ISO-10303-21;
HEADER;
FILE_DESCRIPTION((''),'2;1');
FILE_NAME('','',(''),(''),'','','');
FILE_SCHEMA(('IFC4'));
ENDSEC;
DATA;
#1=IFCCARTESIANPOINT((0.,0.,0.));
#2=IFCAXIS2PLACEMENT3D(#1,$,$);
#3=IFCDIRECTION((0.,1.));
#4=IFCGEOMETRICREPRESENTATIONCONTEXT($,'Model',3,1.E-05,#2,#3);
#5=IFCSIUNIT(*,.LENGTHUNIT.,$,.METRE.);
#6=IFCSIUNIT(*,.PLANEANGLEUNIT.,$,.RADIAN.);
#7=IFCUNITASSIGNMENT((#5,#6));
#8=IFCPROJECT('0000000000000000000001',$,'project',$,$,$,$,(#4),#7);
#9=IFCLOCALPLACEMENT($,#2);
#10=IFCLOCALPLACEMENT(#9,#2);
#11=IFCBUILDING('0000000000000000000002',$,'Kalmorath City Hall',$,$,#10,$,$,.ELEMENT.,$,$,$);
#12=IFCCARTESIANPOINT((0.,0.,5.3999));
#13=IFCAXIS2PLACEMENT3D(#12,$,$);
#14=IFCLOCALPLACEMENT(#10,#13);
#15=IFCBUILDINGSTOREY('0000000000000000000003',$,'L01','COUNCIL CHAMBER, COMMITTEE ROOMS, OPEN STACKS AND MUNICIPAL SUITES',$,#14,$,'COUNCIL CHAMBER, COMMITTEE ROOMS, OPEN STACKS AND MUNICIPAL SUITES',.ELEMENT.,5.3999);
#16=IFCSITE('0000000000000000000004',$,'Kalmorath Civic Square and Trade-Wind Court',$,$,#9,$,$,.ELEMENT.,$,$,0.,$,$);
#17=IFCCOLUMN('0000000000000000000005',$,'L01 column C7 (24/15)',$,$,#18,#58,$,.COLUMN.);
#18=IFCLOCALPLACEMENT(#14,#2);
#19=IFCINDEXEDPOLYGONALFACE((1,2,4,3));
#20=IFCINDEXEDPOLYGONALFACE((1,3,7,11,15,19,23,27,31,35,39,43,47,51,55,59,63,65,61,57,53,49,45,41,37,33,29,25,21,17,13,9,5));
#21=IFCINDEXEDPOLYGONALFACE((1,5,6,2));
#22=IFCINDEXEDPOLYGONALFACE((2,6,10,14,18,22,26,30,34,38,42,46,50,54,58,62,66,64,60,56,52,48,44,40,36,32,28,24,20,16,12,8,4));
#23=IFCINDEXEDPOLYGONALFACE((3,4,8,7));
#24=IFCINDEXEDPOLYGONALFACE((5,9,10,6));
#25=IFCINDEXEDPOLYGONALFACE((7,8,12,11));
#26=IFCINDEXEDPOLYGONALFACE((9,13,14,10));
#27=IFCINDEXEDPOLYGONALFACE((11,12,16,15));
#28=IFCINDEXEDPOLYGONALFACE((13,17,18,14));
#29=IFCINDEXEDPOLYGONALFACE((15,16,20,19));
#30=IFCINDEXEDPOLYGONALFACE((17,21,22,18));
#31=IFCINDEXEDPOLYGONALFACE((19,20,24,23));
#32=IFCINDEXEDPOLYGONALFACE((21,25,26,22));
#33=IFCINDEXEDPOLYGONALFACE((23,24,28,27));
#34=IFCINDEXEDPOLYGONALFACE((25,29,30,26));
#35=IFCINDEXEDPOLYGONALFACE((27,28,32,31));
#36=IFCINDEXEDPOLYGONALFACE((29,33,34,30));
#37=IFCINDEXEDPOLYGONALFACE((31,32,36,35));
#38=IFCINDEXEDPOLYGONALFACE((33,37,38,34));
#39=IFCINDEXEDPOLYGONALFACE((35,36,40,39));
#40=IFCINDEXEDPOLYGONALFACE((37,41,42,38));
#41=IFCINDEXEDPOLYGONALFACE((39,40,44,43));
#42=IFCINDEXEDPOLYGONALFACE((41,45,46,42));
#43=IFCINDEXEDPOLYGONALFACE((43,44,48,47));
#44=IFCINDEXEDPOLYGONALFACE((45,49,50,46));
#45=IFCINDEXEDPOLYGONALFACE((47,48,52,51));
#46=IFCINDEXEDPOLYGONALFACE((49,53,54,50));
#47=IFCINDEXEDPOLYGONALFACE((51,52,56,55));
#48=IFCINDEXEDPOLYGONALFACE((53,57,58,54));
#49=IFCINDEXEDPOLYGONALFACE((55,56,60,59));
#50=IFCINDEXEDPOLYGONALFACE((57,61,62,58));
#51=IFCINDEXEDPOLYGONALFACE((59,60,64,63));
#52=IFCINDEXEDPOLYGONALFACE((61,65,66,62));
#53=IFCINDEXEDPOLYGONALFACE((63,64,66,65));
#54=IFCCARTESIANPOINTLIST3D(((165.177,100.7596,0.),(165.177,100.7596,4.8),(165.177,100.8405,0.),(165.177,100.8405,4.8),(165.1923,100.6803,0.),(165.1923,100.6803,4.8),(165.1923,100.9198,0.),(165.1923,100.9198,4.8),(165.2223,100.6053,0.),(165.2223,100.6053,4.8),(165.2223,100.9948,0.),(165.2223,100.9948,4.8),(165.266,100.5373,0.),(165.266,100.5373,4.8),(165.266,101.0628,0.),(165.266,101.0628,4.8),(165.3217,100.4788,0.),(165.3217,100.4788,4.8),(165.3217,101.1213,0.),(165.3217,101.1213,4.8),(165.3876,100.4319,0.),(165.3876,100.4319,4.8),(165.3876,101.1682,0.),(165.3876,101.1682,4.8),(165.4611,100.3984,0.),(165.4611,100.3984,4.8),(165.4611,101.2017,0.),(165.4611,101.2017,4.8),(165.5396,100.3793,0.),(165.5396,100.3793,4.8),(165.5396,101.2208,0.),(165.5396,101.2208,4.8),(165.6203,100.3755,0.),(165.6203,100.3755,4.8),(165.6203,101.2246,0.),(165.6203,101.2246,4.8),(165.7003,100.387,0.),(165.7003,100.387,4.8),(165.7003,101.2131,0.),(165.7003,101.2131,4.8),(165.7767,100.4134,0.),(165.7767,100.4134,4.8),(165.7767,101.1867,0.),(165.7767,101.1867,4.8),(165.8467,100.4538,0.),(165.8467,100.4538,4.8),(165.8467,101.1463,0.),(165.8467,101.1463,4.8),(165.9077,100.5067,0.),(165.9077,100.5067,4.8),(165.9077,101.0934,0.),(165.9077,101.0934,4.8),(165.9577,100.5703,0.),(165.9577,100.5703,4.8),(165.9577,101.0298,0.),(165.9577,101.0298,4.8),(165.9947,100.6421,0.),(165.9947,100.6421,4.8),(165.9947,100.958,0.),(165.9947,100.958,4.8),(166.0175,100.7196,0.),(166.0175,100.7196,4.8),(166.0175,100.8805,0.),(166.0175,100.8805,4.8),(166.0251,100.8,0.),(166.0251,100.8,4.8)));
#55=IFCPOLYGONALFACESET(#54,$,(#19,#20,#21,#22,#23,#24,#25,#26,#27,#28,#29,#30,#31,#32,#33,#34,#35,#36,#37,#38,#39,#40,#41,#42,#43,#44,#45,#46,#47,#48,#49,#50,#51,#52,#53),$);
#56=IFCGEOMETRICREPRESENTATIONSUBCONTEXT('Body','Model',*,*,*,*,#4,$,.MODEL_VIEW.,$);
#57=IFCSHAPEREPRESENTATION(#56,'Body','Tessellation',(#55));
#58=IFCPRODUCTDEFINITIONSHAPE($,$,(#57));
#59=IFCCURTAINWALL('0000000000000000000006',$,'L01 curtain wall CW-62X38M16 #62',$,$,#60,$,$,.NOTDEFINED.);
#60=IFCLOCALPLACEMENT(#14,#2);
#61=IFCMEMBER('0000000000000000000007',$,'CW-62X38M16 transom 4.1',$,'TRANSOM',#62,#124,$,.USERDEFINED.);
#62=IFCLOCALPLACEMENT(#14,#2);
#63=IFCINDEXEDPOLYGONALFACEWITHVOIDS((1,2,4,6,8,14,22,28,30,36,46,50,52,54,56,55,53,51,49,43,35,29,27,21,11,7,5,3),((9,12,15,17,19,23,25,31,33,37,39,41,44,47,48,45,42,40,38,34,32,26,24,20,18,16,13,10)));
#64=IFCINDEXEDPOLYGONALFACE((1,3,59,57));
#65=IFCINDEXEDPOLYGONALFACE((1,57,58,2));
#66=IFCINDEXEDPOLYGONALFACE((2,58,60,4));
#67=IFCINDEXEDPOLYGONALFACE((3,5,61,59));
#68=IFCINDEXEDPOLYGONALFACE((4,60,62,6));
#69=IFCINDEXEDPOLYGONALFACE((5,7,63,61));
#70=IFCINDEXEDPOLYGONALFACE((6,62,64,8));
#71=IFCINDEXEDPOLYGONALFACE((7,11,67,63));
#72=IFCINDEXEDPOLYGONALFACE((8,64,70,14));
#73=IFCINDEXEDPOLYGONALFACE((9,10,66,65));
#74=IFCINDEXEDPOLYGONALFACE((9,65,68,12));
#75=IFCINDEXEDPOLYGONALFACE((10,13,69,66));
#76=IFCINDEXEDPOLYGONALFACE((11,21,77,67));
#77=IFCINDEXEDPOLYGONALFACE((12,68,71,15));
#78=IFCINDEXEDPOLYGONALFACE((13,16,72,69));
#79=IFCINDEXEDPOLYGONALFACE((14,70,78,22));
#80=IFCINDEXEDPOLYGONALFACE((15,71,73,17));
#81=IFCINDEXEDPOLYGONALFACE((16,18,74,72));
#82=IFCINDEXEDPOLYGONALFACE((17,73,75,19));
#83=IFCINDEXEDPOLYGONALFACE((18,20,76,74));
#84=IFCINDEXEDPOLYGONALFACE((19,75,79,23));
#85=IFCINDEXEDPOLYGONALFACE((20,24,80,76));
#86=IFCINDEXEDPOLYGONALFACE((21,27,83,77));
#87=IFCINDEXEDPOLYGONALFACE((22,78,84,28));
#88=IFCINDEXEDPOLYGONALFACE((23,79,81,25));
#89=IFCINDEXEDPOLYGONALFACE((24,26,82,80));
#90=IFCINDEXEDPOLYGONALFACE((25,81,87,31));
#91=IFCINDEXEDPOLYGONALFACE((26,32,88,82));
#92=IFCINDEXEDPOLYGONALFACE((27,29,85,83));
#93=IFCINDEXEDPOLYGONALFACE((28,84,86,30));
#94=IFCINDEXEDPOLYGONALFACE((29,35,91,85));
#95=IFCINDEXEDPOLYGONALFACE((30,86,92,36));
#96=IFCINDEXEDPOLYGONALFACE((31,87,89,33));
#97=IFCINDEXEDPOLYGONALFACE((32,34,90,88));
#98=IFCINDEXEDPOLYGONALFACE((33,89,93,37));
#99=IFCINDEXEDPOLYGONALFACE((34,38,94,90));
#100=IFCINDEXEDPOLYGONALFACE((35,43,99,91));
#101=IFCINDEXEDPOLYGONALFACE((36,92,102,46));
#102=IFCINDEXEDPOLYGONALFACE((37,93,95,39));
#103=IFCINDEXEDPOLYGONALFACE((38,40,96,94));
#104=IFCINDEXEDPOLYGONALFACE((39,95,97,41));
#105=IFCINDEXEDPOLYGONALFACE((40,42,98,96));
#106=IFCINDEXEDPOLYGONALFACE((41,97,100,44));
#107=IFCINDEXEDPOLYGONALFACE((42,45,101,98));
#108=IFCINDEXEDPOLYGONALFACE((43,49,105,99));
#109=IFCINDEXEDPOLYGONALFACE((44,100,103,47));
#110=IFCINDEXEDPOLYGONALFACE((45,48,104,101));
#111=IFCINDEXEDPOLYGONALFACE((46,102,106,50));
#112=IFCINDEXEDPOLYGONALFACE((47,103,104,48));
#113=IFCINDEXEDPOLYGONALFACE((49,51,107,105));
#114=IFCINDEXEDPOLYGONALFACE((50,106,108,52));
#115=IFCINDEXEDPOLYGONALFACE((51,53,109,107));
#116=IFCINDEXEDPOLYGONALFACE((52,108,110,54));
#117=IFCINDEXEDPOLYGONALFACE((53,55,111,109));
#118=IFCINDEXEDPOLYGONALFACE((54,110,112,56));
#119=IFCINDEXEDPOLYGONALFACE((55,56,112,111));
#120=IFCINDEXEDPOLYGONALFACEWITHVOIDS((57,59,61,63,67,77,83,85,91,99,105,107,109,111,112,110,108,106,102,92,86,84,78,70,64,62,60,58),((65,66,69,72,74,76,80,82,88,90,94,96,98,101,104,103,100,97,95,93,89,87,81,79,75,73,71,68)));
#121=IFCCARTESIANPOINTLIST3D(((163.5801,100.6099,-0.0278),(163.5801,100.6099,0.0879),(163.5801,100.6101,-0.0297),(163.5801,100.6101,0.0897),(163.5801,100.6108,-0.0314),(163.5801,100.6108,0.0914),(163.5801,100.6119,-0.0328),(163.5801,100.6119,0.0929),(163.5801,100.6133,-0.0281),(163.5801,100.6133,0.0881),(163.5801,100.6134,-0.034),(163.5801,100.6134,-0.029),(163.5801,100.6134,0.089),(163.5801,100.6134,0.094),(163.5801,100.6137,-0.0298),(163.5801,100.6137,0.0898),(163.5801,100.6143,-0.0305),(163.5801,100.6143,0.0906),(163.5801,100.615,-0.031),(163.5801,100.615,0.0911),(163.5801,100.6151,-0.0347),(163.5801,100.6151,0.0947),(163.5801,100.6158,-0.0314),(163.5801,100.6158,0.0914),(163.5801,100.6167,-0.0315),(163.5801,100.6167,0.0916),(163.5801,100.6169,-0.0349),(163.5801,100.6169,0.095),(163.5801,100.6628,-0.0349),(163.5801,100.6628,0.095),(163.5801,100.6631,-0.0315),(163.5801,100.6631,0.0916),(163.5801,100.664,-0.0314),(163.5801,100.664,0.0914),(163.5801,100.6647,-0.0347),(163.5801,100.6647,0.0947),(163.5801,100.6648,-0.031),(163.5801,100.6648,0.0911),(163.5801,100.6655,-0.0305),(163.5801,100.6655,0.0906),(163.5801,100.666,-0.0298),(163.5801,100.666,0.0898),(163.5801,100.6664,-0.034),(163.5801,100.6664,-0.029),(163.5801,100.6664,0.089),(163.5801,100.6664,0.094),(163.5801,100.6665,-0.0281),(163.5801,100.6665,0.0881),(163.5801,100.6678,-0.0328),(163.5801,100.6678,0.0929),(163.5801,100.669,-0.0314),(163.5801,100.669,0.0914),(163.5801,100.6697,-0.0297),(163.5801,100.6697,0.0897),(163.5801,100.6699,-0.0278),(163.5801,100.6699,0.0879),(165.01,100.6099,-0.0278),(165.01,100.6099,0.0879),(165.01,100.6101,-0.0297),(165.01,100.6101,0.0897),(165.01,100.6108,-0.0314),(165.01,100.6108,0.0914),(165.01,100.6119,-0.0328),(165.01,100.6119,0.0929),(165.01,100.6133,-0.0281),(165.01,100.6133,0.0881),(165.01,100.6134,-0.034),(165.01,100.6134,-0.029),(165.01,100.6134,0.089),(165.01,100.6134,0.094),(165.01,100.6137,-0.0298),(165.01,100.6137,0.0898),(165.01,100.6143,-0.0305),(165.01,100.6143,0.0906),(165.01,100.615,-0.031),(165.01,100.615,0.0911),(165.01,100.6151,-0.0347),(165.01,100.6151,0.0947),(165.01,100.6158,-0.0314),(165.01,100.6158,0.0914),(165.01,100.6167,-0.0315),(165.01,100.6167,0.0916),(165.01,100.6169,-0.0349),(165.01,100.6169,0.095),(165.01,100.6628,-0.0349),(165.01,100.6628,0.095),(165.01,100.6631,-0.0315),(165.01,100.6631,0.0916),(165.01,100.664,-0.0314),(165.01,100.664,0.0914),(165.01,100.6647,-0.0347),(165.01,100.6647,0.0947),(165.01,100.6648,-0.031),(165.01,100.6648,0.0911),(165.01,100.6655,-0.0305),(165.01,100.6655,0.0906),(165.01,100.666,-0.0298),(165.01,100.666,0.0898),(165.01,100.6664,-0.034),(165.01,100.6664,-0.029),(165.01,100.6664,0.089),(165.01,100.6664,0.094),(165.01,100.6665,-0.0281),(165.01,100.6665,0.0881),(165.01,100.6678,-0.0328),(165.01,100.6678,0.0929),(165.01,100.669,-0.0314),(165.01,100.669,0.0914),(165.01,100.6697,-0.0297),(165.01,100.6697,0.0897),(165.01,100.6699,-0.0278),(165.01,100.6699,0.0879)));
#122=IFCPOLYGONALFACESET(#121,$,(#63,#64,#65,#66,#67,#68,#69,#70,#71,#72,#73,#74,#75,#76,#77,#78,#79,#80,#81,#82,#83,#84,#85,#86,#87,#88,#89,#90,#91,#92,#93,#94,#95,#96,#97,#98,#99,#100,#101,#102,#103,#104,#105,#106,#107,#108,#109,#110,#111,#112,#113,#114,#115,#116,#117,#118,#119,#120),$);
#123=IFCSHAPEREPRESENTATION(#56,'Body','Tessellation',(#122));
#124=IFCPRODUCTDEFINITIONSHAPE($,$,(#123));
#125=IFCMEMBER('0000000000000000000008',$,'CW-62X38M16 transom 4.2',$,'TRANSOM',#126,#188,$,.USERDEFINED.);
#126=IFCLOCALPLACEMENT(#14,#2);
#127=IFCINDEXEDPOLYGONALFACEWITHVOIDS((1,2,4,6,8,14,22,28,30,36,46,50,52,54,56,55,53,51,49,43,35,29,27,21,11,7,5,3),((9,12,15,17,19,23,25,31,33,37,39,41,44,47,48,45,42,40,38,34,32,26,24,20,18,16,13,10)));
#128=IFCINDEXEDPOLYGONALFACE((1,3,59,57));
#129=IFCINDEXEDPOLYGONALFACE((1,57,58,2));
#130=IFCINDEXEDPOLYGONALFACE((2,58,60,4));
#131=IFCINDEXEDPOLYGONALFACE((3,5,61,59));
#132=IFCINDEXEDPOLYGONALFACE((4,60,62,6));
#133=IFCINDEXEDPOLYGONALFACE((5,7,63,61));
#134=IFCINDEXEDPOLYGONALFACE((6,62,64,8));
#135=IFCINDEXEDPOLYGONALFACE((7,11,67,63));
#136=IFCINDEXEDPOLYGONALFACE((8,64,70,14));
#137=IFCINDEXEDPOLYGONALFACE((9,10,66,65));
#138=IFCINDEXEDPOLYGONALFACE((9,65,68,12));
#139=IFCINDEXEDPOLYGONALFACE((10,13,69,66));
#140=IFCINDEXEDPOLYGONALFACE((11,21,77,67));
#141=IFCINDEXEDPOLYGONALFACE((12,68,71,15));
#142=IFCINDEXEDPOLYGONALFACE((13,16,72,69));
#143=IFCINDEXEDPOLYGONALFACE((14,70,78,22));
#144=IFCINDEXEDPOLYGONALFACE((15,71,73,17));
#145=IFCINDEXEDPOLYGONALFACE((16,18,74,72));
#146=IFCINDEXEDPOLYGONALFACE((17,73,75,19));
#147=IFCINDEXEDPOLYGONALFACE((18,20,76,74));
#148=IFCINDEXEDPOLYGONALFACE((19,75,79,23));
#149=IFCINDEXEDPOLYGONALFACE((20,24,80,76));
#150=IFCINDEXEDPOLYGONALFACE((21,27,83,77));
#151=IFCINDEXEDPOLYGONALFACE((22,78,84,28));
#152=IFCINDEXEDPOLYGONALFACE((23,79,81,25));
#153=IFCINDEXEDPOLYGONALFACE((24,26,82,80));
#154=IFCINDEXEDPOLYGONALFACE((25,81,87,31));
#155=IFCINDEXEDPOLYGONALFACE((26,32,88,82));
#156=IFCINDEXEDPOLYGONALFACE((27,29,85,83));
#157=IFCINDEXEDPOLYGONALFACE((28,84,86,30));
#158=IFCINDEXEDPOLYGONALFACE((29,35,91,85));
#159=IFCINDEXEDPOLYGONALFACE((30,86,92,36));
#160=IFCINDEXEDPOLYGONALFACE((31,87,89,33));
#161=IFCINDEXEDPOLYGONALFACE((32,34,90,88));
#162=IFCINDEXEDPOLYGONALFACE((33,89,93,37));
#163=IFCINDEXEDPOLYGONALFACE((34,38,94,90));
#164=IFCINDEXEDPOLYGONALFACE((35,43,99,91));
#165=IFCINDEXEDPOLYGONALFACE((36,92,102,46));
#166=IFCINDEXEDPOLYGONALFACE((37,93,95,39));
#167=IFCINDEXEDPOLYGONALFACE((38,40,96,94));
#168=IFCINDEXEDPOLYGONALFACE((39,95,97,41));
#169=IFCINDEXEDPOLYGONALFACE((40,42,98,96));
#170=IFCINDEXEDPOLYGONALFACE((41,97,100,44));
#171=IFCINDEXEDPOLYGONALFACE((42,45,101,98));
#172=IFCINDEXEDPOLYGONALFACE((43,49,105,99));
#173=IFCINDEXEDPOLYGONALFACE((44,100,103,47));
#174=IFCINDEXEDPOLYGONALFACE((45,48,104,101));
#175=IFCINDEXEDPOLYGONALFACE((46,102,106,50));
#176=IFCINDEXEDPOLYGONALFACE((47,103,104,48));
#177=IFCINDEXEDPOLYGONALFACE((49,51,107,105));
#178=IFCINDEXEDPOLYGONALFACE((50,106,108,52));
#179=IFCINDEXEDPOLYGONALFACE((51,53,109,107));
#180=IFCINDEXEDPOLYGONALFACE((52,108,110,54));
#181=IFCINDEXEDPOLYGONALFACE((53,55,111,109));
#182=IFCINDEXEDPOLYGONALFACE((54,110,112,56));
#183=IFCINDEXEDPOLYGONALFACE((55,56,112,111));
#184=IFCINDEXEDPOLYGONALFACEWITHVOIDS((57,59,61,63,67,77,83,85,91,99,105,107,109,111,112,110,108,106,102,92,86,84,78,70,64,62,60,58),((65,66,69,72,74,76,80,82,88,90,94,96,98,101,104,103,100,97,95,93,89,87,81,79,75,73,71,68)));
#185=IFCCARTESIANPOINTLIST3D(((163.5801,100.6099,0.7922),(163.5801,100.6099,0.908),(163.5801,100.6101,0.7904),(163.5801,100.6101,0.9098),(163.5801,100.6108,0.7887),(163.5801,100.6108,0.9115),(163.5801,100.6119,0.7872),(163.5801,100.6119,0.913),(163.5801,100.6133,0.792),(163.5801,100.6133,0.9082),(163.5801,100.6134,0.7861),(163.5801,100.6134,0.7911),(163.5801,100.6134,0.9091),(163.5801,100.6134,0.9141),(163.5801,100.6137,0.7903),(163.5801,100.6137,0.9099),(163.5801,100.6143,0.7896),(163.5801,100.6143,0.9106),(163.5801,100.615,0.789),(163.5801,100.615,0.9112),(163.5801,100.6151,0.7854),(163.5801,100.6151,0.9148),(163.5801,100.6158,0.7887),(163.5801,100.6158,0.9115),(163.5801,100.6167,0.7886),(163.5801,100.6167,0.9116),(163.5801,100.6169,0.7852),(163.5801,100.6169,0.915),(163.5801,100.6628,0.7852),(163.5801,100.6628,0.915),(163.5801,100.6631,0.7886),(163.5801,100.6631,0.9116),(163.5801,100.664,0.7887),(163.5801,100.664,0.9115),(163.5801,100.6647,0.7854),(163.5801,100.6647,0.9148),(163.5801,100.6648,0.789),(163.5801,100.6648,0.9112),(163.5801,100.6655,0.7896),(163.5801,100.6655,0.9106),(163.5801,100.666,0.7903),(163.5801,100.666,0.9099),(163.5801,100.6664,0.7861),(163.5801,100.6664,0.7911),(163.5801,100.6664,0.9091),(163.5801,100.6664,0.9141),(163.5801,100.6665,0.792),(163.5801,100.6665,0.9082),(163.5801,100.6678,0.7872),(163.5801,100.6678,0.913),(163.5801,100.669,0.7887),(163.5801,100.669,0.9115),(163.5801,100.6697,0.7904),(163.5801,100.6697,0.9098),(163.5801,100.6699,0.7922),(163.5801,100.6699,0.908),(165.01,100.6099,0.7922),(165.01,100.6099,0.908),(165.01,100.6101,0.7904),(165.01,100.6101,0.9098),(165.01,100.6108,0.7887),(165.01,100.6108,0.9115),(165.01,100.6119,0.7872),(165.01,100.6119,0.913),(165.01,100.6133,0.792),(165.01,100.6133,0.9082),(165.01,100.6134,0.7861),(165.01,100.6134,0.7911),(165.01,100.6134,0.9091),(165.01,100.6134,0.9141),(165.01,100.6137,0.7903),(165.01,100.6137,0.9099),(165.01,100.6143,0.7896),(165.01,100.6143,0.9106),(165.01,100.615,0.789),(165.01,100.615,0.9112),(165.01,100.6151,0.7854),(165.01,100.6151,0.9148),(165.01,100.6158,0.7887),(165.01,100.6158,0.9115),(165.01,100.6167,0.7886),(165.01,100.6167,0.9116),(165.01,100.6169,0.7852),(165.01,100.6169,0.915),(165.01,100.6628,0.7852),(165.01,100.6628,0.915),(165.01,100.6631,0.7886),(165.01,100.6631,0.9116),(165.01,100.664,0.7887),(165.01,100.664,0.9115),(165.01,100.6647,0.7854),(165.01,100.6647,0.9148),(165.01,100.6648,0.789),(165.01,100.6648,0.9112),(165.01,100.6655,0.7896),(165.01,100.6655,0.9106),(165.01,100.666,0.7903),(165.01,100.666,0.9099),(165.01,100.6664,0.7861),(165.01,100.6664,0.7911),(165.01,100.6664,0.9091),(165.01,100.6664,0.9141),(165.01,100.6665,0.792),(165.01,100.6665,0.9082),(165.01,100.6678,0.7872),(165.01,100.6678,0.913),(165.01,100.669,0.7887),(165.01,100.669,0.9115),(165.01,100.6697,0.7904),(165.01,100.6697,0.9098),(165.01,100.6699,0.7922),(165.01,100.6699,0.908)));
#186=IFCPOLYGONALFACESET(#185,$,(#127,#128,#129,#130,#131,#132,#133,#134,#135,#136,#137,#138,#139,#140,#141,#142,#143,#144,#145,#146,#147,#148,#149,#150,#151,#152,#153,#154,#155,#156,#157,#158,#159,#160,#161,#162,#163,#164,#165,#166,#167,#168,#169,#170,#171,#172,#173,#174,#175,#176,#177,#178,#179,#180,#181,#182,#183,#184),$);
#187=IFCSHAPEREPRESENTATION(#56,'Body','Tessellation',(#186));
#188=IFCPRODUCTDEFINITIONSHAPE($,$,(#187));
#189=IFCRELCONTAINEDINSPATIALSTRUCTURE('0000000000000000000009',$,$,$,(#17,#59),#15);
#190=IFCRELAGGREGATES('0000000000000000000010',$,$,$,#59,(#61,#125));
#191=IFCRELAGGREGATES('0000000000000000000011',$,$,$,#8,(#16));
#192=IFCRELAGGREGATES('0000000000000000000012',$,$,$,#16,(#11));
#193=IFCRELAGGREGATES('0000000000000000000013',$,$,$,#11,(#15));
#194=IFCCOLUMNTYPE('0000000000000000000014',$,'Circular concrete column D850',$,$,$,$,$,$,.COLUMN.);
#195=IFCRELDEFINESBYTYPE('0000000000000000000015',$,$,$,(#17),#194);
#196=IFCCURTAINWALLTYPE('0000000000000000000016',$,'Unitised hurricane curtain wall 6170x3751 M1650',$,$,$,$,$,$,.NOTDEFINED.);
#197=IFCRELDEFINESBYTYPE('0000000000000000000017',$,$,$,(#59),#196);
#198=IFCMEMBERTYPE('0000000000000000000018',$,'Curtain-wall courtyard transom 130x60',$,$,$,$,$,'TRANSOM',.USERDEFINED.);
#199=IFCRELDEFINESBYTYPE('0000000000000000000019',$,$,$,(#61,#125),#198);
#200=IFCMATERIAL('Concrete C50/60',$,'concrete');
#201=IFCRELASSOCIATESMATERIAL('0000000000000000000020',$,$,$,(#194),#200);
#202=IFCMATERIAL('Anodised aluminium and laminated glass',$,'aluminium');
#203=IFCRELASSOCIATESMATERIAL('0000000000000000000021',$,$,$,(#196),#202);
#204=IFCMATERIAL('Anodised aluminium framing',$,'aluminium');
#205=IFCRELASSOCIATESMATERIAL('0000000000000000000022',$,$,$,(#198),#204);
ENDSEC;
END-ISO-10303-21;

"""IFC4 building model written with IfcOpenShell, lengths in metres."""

from ifc_helpers import new_model, si_unit, direction, frame, origin, origin_2d, place, context, subcontext, project, spatial, hollow_rectangle, circle, extrude, material, material_profile, profile_set, type_object, element, aggregate, save


model = new_model("IFC4")

# Units and contexts
model_context = context("Model", 3, precision=1e-05, world=origin(), true_north=direction((0.0, 1.0)))
body_context = subcontext(model_context, "Body", "Model", "MODEL_VIEW")
ifc_project = project(units=[si_unit("LENGTHUNIT", "METRE"), si_unit("PLANEANGLEUNIT", "RADIAN")], contexts=[model_context])

# Site, building, storey
site_placement = place(None, origin())
site = spatial("IfcSite", under=ifc_project, at=site_placement, Name="Kalmorath Civic Square and Trade-Wind Court", CompositionType="ELEMENT", RefElevation=0.0)
building_placement = place(site_placement, origin())
building = spatial("IfcBuilding", under=site, at=building_placement, Name="Kalmorath City Hall", CompositionType="ELEMENT")
storey_placement = place(building_placement, frame((0.0, 0.0, 5.3999)))
storey = spatial("IfcBuildingStorey", under=building, at=storey_placement, Name="L01", Description="COUNCIL CHAMBER, COMMITTEE ROOMS, OPEN STACKS AND MUNICIPAL SUITES", LongName="COUNCIL CHAMBER, COMMITTEE ROOMS, OPEN STACKS AND MUNICIPAL SUITES", CompositionType="ELEMENT", Elevation=5.3999)

# Column
ifc_material_1 = material(Name="Concrete C50/60", Category="concrete")
ifc_material_profile_1 = material_profile(ifc_material_1, circle(Radius=0.425, at=origin_2d()), Name="RC-COL-D850")
ifc_profile_set_1 = profile_set([ifc_material_profile_1], Name="Concrete C50/60")
column_type = type_object("IfcColumnType", Name="Circular concrete column D850", PredefinedType="COLUMN", material=ifc_profile_set_1)
column_placement = place(storey_placement, frame((165.6001, 100.8, 0.0), z_axis=(0.0, 0.0, 1.0), x_axis=(1.0, 0.0, 0.0)))
element("IfcColumn", 1, at=column_placement, inside=storey, type_object=column_type, Name="L01 column C7 (24/15)", PredefinedType="COLUMN", context=body_context, shape_type="SweptSolid", body=[
    extrude(circle(Radius=0.425, at=origin_2d()), origin(), (0.0, 0.0, 1.0), 4.8),
])

# Curtain wall, members
ifc_material_2 = material(Name="Anodised aluminium and laminated glass", Category="aluminium")
curtain_wall_type_1 = type_object("IfcCurtainWallType", Name="Unitised hurricane curtain wall 6170x3751 M1650", PredefinedType="NOTDEFINED", material=ifc_material_2)
curtain_wall_1_placement = place(storey_placement, origin())
curtain_wall_1 = element("IfcCurtainWall", 2, at=curtain_wall_1_placement, inside=storey, type_object=curtain_wall_type_1, Name="L01 curtain wall CW-62X38M16 #62", PredefinedType="NOTDEFINED")
ifc_material_3 = material(Name="Anodised aluminium framing", Category="aluminium")
ifc_material_profile_2 = material_profile(ifc_material_3, hollow_rectangle(XDim=0.0601, YDim=0.1299, WallThickness=0.0034, InnerFilletRadius=0.0034, OuterFilletRadius=0.0071, at=origin_2d()), Name="ALU-TRN-130X60X3.5")
ifc_profile_set_2 = profile_set([ifc_material_profile_2], Name="Anodised aluminium framing")
member_type_1 = type_object("IfcMemberType", Name="Curtain-wall courtyard transom 130x60", ElementType="TRANSOM", PredefinedType="USERDEFINED", material=ifc_profile_set_2)
member_1_placement = place(storey_placement, frame((163.5801, 100.6399, 0.03), z_axis=(1.0, 0.0, 0.0), x_axis=(0.0, 1.0, 0.0)))
member_1 = element("IfcMember", 3, at=member_1_placement, type_object=member_type_1, Name="CW-62X38M16 transom 4.1", ObjectType="TRANSOM", PredefinedType="USERDEFINED", context=body_context, shape_type="SweptSolid", body=[
    extrude(hollow_rectangle(XDim=0.0601, YDim=0.1299, WallThickness=0.0034, InnerFilletRadius=0.0034, OuterFilletRadius=0.0071, at=origin_2d()), origin(), (0.0, 0.0, 1.0), 1.4299),
])
member_2_placement = place(storey_placement, frame((163.5801, 100.6399, 0.8501), z_axis=(1.0, 0.0, 0.0), x_axis=(0.0, 1.0, 0.0)))
member_2 = element("IfcMember", 4, at=member_2_placement, type_object=member_type_1, Name="CW-62X38M16 transom 4.2", ObjectType="TRANSOM", PredefinedType="USERDEFINED", context=body_context, shape_type="SweptSolid", body=[
    extrude(hollow_rectangle(XDim=0.0601, YDim=0.1299, WallThickness=0.0034, InnerFilletRadius=0.0034, OuterFilletRadius=0.0071, at=origin_2d()), origin(), (0.0, 0.0, 1.0), 1.4299),
])

aggregate(curtain_wall_1, [member_1, member_2])

save(model, "model.ifc")
